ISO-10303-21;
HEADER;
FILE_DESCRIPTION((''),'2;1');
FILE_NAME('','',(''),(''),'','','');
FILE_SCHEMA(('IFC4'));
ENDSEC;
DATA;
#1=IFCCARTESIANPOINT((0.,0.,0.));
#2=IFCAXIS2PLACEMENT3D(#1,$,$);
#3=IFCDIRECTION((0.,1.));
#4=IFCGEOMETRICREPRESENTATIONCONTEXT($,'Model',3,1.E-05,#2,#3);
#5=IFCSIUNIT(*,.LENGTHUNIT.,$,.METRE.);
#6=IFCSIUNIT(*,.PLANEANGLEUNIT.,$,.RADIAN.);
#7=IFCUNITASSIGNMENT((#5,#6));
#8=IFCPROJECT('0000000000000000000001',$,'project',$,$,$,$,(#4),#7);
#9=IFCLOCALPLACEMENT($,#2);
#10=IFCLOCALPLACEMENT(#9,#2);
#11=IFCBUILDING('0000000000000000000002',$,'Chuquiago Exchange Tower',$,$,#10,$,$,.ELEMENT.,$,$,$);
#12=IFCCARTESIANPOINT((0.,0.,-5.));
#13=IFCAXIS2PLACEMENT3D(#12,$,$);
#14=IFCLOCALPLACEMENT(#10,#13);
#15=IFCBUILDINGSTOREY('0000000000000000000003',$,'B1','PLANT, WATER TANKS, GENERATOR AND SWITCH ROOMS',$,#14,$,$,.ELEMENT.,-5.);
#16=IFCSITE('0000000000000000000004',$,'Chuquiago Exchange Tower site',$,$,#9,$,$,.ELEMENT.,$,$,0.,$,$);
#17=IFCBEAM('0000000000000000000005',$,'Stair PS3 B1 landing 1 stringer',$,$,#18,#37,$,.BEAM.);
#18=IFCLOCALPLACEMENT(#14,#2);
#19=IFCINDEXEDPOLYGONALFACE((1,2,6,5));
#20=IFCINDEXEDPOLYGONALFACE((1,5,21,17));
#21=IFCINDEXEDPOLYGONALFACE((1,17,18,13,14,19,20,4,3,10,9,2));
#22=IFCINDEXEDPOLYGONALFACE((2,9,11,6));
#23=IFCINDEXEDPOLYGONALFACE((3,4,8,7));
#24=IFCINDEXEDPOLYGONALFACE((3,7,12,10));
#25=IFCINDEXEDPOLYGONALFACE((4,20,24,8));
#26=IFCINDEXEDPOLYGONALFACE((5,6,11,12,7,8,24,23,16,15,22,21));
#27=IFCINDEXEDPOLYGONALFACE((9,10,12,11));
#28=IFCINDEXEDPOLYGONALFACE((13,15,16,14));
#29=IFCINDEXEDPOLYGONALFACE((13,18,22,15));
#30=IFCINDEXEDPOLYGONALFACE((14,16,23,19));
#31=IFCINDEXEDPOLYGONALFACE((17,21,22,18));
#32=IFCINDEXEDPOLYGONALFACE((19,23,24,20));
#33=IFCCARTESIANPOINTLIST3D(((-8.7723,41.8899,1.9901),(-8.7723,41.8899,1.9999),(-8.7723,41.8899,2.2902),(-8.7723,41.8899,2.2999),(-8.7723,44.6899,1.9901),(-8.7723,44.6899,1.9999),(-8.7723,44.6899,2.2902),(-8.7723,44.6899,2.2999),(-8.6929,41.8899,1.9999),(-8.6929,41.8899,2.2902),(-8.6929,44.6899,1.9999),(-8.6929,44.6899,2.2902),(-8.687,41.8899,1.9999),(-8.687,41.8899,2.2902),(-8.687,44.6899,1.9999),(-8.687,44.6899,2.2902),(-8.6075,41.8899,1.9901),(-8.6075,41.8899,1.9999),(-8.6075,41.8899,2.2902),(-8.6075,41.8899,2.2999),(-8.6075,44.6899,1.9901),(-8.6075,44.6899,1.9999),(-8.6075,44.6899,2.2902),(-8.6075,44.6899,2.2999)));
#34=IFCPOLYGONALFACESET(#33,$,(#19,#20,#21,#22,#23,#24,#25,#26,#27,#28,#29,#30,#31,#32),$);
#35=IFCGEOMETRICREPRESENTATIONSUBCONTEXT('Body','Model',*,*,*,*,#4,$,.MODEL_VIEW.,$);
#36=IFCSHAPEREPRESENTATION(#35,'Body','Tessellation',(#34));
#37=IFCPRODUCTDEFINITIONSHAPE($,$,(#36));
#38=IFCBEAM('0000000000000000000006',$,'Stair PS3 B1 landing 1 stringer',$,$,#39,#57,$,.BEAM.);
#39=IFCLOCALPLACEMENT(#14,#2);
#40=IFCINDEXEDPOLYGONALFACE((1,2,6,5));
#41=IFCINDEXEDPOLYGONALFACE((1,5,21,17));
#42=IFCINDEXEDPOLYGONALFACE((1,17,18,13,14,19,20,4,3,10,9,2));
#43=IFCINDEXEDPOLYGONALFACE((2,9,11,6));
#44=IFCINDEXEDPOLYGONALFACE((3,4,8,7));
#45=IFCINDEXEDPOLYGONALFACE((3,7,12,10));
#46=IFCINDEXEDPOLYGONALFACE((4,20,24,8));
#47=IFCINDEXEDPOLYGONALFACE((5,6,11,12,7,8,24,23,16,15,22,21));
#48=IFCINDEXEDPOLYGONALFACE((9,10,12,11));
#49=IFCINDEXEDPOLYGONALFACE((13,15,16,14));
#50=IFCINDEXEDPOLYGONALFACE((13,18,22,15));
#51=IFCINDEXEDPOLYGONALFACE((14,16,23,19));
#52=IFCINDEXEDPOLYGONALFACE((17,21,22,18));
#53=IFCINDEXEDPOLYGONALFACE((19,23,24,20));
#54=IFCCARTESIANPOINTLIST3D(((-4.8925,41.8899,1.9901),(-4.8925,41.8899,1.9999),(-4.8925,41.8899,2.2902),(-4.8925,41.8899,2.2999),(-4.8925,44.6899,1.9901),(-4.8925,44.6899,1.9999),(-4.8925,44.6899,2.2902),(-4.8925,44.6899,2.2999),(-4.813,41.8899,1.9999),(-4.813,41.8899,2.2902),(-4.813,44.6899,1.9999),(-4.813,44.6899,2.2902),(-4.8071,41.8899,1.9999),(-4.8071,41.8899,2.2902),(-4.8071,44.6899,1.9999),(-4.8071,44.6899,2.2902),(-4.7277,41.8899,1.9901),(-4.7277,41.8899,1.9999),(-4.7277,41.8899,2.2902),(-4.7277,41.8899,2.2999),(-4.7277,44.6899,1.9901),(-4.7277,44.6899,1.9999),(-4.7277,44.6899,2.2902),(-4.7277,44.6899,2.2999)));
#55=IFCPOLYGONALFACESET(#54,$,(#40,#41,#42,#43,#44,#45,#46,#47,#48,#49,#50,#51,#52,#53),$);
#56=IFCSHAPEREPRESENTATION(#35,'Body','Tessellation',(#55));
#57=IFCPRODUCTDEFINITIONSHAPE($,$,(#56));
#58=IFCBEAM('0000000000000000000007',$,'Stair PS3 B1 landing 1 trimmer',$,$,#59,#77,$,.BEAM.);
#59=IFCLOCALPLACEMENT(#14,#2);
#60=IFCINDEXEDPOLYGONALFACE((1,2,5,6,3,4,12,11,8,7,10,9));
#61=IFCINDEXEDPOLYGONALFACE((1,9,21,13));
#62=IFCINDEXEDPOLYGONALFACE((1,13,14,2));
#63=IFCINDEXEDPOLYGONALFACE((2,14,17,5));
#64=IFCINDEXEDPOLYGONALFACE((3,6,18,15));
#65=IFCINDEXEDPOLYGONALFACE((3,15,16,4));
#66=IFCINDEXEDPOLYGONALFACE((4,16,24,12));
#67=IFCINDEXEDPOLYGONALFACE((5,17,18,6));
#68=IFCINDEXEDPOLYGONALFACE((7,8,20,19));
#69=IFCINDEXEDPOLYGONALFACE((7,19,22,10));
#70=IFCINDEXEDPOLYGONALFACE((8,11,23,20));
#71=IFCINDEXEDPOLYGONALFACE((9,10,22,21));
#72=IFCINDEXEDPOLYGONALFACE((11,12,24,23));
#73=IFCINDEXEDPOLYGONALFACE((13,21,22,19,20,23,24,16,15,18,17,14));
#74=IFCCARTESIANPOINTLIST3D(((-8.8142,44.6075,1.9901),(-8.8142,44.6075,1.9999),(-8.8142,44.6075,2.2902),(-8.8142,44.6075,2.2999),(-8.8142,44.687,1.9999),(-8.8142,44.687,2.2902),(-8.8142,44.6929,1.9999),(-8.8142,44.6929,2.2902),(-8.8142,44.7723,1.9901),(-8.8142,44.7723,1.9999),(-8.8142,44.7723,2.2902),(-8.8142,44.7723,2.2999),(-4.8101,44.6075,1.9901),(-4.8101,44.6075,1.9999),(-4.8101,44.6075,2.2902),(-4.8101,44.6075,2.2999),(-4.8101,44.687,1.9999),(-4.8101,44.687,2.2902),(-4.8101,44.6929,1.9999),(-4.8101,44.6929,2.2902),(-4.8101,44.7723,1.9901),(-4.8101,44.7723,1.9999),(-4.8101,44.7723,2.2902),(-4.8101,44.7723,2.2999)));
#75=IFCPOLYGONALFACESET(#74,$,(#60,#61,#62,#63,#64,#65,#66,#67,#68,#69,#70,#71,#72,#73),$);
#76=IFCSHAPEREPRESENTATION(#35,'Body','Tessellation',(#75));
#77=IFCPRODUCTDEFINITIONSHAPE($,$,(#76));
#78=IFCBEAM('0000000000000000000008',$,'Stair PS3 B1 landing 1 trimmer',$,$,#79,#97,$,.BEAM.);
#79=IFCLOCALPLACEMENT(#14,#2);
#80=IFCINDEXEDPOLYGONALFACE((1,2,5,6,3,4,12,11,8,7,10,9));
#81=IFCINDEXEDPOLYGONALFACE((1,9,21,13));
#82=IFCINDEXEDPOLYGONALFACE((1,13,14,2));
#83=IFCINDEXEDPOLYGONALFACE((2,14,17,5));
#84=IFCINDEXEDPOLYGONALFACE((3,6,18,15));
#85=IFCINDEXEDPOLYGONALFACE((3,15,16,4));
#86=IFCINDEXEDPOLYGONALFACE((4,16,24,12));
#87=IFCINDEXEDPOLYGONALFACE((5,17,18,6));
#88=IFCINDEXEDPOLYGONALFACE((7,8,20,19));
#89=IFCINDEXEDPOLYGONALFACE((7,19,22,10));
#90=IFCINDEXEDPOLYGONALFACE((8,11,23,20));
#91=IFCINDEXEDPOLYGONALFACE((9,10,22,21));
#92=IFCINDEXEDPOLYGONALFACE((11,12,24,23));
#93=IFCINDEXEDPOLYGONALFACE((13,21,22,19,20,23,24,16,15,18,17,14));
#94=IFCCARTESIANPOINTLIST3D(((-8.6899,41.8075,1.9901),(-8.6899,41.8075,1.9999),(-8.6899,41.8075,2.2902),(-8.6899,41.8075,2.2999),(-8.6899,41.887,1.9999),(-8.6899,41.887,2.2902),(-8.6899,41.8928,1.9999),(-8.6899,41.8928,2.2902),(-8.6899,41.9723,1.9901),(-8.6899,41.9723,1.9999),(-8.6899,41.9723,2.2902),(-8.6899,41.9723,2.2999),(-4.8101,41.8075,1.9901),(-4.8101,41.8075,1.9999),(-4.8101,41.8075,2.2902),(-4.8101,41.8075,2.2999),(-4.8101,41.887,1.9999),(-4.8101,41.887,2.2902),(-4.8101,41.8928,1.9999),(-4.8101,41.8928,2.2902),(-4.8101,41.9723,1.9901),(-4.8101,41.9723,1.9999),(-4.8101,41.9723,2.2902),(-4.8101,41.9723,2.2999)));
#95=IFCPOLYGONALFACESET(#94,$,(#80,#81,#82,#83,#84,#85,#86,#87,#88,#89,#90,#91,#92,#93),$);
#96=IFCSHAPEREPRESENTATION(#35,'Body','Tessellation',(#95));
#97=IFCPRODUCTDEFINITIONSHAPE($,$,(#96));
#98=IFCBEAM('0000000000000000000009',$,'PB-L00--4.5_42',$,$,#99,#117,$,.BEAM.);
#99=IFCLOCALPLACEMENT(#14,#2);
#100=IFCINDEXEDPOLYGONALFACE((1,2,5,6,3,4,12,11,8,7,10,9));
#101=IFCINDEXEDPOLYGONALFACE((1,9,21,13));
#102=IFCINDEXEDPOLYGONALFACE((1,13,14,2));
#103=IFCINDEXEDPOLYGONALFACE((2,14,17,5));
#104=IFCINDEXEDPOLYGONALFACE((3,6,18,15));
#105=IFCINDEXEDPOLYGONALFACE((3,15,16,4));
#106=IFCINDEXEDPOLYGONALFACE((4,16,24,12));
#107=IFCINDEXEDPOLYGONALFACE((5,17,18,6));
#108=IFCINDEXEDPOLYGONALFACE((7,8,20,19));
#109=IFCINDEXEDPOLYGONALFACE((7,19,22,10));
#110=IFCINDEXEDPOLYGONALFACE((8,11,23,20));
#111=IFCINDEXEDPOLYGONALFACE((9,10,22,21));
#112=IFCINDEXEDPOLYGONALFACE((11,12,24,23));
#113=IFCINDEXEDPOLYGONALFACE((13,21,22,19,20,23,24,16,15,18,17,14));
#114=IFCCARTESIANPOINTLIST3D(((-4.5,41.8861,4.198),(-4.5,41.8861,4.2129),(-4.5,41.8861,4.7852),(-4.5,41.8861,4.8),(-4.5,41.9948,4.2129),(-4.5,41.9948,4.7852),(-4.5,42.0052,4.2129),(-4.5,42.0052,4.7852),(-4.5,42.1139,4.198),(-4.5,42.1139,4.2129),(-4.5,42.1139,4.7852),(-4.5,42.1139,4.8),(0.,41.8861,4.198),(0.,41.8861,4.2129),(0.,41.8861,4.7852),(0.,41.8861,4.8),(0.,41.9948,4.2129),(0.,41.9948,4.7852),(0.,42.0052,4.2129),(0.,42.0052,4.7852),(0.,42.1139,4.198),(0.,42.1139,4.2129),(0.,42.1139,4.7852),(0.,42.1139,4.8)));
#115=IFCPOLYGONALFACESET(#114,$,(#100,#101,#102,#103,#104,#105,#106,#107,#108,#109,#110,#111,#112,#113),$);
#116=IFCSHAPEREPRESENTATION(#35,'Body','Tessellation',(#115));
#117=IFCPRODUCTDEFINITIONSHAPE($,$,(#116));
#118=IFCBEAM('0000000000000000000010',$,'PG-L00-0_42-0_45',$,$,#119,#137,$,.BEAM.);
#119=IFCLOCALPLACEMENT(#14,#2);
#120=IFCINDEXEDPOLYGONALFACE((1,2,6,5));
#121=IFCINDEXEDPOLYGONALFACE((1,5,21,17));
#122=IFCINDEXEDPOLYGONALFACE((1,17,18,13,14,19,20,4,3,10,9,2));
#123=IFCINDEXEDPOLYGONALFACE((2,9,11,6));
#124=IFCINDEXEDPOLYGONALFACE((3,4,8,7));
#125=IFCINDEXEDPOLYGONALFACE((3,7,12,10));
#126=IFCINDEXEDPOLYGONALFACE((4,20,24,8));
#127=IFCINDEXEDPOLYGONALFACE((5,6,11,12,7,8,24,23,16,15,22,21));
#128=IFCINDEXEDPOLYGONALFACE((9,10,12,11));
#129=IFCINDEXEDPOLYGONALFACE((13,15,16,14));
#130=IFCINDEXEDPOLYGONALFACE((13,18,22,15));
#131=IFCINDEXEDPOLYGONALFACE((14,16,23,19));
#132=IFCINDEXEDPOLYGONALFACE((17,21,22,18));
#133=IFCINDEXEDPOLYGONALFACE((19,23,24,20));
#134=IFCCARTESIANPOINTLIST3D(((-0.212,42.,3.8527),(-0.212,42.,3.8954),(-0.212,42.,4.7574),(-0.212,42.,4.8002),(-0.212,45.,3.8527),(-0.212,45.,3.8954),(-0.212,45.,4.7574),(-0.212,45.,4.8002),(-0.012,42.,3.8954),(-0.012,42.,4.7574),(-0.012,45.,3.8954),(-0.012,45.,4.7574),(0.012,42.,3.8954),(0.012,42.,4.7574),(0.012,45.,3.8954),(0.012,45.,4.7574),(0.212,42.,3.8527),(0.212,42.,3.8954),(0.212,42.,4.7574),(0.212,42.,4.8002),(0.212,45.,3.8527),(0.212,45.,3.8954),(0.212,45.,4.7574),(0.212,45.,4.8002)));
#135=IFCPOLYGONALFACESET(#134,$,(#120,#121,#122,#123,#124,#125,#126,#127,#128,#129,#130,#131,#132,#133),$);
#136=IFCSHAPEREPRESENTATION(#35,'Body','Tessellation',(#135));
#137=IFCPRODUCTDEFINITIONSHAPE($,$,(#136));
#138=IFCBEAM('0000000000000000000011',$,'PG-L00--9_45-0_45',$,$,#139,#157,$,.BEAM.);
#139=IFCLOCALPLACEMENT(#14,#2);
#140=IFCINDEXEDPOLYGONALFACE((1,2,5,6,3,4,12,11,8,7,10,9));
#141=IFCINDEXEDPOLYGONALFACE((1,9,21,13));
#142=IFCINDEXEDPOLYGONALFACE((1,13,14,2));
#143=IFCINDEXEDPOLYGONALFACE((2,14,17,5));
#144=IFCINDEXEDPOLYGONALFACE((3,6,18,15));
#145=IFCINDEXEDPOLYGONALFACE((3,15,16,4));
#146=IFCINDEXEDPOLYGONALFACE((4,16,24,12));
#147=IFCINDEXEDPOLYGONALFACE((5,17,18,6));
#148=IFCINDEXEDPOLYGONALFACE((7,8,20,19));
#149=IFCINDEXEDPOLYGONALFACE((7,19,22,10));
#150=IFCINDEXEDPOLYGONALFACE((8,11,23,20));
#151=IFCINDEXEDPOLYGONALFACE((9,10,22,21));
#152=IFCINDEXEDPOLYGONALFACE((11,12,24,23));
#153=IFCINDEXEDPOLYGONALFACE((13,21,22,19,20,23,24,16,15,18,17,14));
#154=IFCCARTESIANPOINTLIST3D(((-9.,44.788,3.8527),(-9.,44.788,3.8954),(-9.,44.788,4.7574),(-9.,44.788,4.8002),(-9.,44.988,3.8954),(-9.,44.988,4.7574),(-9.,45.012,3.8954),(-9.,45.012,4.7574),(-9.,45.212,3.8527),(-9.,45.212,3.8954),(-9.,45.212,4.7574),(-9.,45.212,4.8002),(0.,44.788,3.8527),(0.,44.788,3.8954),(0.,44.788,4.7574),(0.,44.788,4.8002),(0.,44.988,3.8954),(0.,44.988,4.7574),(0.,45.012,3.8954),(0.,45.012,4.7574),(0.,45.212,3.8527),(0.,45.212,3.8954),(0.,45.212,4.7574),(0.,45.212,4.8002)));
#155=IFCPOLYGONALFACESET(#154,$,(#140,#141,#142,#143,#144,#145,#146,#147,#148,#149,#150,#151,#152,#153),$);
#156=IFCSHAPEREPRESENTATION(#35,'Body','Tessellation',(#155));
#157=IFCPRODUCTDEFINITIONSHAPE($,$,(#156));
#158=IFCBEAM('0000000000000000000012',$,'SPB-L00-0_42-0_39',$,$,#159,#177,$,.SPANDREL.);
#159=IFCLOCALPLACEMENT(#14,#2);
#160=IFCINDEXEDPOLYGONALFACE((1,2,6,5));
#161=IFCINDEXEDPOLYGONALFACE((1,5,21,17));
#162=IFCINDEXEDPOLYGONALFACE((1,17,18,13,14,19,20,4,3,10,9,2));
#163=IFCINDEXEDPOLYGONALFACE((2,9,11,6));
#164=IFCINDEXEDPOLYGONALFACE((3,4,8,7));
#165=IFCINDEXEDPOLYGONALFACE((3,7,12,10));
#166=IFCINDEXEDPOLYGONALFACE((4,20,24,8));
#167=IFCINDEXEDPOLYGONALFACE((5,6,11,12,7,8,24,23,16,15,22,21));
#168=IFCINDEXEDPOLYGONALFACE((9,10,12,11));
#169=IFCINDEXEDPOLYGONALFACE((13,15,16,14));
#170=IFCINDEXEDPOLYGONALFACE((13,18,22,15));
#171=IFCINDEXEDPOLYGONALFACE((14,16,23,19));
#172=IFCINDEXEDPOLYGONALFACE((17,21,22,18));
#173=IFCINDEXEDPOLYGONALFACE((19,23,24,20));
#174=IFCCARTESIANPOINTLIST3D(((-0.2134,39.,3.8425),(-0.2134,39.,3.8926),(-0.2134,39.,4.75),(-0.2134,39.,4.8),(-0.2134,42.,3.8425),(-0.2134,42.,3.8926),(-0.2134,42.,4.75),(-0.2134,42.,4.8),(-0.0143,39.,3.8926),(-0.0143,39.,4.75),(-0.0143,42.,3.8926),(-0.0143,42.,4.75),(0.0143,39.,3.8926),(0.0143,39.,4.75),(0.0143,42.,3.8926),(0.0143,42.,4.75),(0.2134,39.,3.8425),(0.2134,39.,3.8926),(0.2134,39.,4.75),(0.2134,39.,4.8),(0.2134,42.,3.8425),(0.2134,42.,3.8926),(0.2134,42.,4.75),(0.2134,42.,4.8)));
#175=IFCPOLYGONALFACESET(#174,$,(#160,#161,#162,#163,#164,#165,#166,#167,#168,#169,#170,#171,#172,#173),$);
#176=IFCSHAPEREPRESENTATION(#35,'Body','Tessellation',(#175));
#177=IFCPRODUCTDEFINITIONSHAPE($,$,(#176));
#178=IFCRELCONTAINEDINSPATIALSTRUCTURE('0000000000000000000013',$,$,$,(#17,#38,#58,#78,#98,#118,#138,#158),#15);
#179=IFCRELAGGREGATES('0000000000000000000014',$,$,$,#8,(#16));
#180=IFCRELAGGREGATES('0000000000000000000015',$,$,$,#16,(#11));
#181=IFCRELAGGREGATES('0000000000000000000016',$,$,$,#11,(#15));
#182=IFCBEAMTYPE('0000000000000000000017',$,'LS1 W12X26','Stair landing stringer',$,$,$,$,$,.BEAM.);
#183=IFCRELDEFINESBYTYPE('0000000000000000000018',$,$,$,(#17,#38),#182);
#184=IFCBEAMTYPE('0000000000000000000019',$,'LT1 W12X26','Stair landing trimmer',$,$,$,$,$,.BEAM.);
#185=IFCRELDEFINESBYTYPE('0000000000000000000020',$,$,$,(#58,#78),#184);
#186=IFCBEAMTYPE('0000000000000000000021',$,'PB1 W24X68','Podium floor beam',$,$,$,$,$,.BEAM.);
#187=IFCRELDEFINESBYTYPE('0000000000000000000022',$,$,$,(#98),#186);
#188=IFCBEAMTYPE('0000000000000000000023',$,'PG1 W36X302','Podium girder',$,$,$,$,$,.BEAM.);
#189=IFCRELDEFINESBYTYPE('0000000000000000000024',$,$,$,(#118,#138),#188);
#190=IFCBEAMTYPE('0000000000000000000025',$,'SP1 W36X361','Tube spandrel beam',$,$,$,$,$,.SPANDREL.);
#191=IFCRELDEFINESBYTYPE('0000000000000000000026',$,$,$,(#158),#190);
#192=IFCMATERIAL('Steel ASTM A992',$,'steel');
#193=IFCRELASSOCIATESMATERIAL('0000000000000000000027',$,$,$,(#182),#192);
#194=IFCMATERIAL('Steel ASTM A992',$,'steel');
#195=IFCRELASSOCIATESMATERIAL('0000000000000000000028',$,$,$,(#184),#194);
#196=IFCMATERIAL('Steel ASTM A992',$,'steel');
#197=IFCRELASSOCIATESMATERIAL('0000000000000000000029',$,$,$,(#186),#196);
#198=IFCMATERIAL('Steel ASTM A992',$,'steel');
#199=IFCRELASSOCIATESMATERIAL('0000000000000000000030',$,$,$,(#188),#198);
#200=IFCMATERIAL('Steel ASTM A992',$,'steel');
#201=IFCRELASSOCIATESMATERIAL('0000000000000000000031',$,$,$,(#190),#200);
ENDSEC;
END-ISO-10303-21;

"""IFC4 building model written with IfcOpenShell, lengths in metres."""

from ifc_helpers import new_model, si_unit, direction, frame, origin, origin_2d, place, context, subcontext, project, spatial, i_section, extrude, material, material_profile, profile_set, type_object, element, save


model = new_model("IFC4")

# Units and contexts
model_context = context("Model", 3, precision=1e-05, world=origin(), true_north=direction((0.0, 1.0)))
body_context = subcontext(model_context, "Body", "Model", "MODEL_VIEW")
ifc_project = project(units=[si_unit("LENGTHUNIT", "METRE"), si_unit("PLANEANGLEUNIT", "RADIAN")], contexts=[model_context])

# Site, building, storey
site_placement = place(None, origin())
site = spatial("IfcSite", under=ifc_project, at=site_placement, Name="Chuquiago Exchange Tower site", CompositionType="ELEMENT", RefElevation=0.0)
building_placement = place(site_placement, origin())
building = spatial("IfcBuilding", under=site, at=building_placement, Name="Chuquiago Exchange Tower", CompositionType="ELEMENT")
storey_placement = place(building_placement, frame((0.0, 0.0, -5.0)))
storey = spatial("IfcBuildingStorey", under=building, at=storey_placement, Name="B1", Description="PLANT, WATER TANKS, GENERATOR AND SWITCH ROOMS", CompositionType="ELEMENT", Elevation=-5.0)

# Beams
ifc_material_1 = material(Name="Steel ASTM A992", Category="steel")
ifc_material_profile_1 = material_profile(ifc_material_1, i_section(OverallWidth=0.1648, OverallDepth=0.3098, WebThickness=0.0059, FlangeThickness=0.0098, at=origin_2d()), Name="W12X26")
ifc_profile_set_1 = profile_set([ifc_material_profile_1], Name="Steel ASTM A992")
beam_type_1 = type_object("IfcBeamType", Name="LS1 W12X26", Description="Stair landing stringer", PredefinedType="BEAM", material=ifc_profile_set_1)
for number, where, z_axis, x_axis, name in (
    (1, (-8.6899, 41.8899, 2.145), (0.0, 1.0, 0.0), (-1.0, 0.0, 0.0), "Stair PS3 B1 landing 1 stringer"),
    (2, (-4.8101, 41.8899, 2.145), (0.0, 1.0, 0.0), (-1.0, 0.0, 0.0), "Stair PS3 B1 landing 1 stringer"),
):
    element("IfcBeam", number, at=place(storey_placement, frame(where, z_axis=z_axis, x_axis=x_axis)), inside=storey, type_object=beam_type_1, Name=name, PredefinedType="BEAM", context=body_context, shape_type="SweptSolid", body=[
        extrude(i_section(OverallWidth=0.1648, OverallDepth=0.3098, WebThickness=0.0059, FlangeThickness=0.0098, at=origin_2d()), origin(), (0.0, 0.0, 1.0), 2.8),
    ])
ifc_material_2 = material(Name="Steel ASTM A992", Category="steel")
ifc_material_profile_2 = material_profile(ifc_material_2, i_section(OverallWidth=0.1648, OverallDepth=0.3098, WebThickness=0.0059, FlangeThickness=0.0098, at=origin_2d()), Name="W12X26")
ifc_profile_set_2 = profile_set([ifc_material_profile_2], Name="Steel ASTM A992")
beam_type_2 = type_object("IfcBeamType", Name="LT1 W12X26", Description="Stair landing trimmer", PredefinedType="BEAM", material=ifc_profile_set_2)
beam_1_placement = place(storey_placement, frame((-8.8142, 44.6899, 2.145), z_axis=(1.0, 0.0, 0.0), x_axis=(0.0, 1.0, 0.0)))
element("IfcBeam", 3, at=beam_1_placement, inside=storey, type_object=beam_type_2, Name="Stair PS3 B1 landing 1 trimmer", PredefinedType="BEAM", context=body_context, shape_type="SweptSolid", body=[
    extrude(i_section(OverallWidth=0.1648, OverallDepth=0.3098, WebThickness=0.0059, FlangeThickness=0.0098, at=origin_2d()), origin(), (0.0, 0.0, 1.0), 4.0042),
])
beam_2_placement = place(storey_placement, frame((-8.6899, 41.8899, 2.145), z_axis=(1.0, 0.0, 0.0), x_axis=(0.0, 1.0, 0.0)))
element("IfcBeam", 4, at=beam_2_placement, inside=storey, type_object=beam_type_2, Name="Stair PS3 B1 landing 1 trimmer", PredefinedType="BEAM", context=body_context, shape_type="SweptSolid", body=[
    extrude(i_section(OverallWidth=0.1648, OverallDepth=0.3098, WebThickness=0.0059, FlangeThickness=0.0098, at=origin_2d()), origin(), (0.0, 0.0, 1.0), 3.8799),
])
ifc_material_3 = material(Name="Steel ASTM A992", Category="steel")
ifc_material_profile_3 = material_profile(ifc_material_3, i_section(OverallWidth=0.2278, OverallDepth=0.6021, WebThickness=0.0105, FlangeThickness=0.0149, at=origin_2d()), Name="W24X68")
ifc_profile_set_3 = profile_set([ifc_material_profile_3], Name="Steel ASTM A992")
beam_type_3 = type_object("IfcBeamType", Name="PB1 W24X68", Description="Podium floor beam", PredefinedType="BEAM", material=ifc_profile_set_3)
beam_3_placement = place(storey_placement, frame((-4.5, 42.0, 4.499), z_axis=(1.0, 0.0, 0.0), x_axis=(0.0, 1.0, 0.0)))
element("IfcBeam", 5, at=beam_3_placement, inside=storey, type_object=beam_type_3, Name="PB-L00--4.5_42", PredefinedType="BEAM", context=body_context, shape_type="SweptSolid", body=[
    extrude(i_section(OverallWidth=0.2278, OverallDepth=0.6021, WebThickness=0.0105, FlangeThickness=0.0149, at=origin_2d()), origin(), (0.0, 0.0, 1.0), 4.5),
])
ifc_material_4 = material(Name="Steel ASTM A992", Category="steel")
ifc_material_profile_4 = material_profile(ifc_material_4, i_section(OverallWidth=0.4241, OverallDepth=0.9475, WebThickness=0.0239, FlangeThickness=0.0427, at=origin_2d()), Name="W36X302")
ifc_profile_set_4 = profile_set([ifc_material_profile_4], Name="Steel ASTM A992")
beam_type_4 = type_object("IfcBeamType", Name="PG1 W36X302", Description="Podium girder", PredefinedType="BEAM", material=ifc_profile_set_4)
beam_4_placement = place(storey_placement, frame((0.0, 42.0, 4.3264), z_axis=(0.0, 1.0, 0.0), x_axis=(-1.0, 0.0, 0.0)))
element("IfcBeam", 6, at=beam_4_placement, inside=storey, type_object=beam_type_4, Name="PG-L00-0_42-0_45", PredefinedType="BEAM", context=body_context, shape_type="SweptSolid", body=[
    extrude(i_section(OverallWidth=0.4241, OverallDepth=0.9475, WebThickness=0.0239, FlangeThickness=0.0427, at=origin_2d()), origin(), (0.0, 0.0, 1.0), 3.0),
])
beam_5_placement = place(storey_placement, frame((-9.0, 45.0, 4.3264), z_axis=(1.0, 0.0, 0.0), x_axis=(0.0, 1.0, 0.0)))
element("IfcBeam", 7, at=beam_5_placement, inside=storey, type_object=beam_type_4, Name="PG-L00--9_45-0_45", PredefinedType="BEAM", context=body_context, shape_type="SweptSolid", body=[
    extrude(i_section(OverallWidth=0.4241, OverallDepth=0.9475, WebThickness=0.0239, FlangeThickness=0.0427, at=origin_2d()), origin(), (0.0, 0.0, 1.0), 9.0),
])
ifc_material_5 = material(Name="Steel ASTM A992", Category="steel")
ifc_material_profile_5 = material_profile(ifc_material_5, i_section(OverallWidth=0.4268, OverallDepth=0.9575, WebThickness=0.0286, FlangeThickness=0.05, at=origin_2d()), Name="W36X361")
ifc_profile_set_5 = profile_set([ifc_material_profile_5], Name="Steel ASTM A992")
beam_type_5 = type_object("IfcBeamType", Name="SP1 W36X361", Description="Tube spandrel beam", PredefinedType="SPANDREL", material=ifc_profile_set_5)
for number, where, z_axis, x_axis, name in (
    (8, (0.0, 42.0, 4.3213), (0.0, -1.0, 0.0), (1.0, 0.0, 0.0), "SPB-L00-0_42-0_39"),
):
    element("IfcBeam", number, at=place(storey_placement, frame(where, z_axis=z_axis, x_axis=x_axis)), inside=storey, type_object=beam_type_5, Name=name, PredefinedType="SPANDREL", context=body_context, shape_type="SweptSolid", body=[
        extrude(i_section(OverallWidth=0.4268, OverallDepth=0.9575, WebThickness=0.0286, FlangeThickness=0.05, at=origin_2d()), origin(), (0.0, 0.0, 1.0), 3.0),
    ])

save(model, "model.ifc")
